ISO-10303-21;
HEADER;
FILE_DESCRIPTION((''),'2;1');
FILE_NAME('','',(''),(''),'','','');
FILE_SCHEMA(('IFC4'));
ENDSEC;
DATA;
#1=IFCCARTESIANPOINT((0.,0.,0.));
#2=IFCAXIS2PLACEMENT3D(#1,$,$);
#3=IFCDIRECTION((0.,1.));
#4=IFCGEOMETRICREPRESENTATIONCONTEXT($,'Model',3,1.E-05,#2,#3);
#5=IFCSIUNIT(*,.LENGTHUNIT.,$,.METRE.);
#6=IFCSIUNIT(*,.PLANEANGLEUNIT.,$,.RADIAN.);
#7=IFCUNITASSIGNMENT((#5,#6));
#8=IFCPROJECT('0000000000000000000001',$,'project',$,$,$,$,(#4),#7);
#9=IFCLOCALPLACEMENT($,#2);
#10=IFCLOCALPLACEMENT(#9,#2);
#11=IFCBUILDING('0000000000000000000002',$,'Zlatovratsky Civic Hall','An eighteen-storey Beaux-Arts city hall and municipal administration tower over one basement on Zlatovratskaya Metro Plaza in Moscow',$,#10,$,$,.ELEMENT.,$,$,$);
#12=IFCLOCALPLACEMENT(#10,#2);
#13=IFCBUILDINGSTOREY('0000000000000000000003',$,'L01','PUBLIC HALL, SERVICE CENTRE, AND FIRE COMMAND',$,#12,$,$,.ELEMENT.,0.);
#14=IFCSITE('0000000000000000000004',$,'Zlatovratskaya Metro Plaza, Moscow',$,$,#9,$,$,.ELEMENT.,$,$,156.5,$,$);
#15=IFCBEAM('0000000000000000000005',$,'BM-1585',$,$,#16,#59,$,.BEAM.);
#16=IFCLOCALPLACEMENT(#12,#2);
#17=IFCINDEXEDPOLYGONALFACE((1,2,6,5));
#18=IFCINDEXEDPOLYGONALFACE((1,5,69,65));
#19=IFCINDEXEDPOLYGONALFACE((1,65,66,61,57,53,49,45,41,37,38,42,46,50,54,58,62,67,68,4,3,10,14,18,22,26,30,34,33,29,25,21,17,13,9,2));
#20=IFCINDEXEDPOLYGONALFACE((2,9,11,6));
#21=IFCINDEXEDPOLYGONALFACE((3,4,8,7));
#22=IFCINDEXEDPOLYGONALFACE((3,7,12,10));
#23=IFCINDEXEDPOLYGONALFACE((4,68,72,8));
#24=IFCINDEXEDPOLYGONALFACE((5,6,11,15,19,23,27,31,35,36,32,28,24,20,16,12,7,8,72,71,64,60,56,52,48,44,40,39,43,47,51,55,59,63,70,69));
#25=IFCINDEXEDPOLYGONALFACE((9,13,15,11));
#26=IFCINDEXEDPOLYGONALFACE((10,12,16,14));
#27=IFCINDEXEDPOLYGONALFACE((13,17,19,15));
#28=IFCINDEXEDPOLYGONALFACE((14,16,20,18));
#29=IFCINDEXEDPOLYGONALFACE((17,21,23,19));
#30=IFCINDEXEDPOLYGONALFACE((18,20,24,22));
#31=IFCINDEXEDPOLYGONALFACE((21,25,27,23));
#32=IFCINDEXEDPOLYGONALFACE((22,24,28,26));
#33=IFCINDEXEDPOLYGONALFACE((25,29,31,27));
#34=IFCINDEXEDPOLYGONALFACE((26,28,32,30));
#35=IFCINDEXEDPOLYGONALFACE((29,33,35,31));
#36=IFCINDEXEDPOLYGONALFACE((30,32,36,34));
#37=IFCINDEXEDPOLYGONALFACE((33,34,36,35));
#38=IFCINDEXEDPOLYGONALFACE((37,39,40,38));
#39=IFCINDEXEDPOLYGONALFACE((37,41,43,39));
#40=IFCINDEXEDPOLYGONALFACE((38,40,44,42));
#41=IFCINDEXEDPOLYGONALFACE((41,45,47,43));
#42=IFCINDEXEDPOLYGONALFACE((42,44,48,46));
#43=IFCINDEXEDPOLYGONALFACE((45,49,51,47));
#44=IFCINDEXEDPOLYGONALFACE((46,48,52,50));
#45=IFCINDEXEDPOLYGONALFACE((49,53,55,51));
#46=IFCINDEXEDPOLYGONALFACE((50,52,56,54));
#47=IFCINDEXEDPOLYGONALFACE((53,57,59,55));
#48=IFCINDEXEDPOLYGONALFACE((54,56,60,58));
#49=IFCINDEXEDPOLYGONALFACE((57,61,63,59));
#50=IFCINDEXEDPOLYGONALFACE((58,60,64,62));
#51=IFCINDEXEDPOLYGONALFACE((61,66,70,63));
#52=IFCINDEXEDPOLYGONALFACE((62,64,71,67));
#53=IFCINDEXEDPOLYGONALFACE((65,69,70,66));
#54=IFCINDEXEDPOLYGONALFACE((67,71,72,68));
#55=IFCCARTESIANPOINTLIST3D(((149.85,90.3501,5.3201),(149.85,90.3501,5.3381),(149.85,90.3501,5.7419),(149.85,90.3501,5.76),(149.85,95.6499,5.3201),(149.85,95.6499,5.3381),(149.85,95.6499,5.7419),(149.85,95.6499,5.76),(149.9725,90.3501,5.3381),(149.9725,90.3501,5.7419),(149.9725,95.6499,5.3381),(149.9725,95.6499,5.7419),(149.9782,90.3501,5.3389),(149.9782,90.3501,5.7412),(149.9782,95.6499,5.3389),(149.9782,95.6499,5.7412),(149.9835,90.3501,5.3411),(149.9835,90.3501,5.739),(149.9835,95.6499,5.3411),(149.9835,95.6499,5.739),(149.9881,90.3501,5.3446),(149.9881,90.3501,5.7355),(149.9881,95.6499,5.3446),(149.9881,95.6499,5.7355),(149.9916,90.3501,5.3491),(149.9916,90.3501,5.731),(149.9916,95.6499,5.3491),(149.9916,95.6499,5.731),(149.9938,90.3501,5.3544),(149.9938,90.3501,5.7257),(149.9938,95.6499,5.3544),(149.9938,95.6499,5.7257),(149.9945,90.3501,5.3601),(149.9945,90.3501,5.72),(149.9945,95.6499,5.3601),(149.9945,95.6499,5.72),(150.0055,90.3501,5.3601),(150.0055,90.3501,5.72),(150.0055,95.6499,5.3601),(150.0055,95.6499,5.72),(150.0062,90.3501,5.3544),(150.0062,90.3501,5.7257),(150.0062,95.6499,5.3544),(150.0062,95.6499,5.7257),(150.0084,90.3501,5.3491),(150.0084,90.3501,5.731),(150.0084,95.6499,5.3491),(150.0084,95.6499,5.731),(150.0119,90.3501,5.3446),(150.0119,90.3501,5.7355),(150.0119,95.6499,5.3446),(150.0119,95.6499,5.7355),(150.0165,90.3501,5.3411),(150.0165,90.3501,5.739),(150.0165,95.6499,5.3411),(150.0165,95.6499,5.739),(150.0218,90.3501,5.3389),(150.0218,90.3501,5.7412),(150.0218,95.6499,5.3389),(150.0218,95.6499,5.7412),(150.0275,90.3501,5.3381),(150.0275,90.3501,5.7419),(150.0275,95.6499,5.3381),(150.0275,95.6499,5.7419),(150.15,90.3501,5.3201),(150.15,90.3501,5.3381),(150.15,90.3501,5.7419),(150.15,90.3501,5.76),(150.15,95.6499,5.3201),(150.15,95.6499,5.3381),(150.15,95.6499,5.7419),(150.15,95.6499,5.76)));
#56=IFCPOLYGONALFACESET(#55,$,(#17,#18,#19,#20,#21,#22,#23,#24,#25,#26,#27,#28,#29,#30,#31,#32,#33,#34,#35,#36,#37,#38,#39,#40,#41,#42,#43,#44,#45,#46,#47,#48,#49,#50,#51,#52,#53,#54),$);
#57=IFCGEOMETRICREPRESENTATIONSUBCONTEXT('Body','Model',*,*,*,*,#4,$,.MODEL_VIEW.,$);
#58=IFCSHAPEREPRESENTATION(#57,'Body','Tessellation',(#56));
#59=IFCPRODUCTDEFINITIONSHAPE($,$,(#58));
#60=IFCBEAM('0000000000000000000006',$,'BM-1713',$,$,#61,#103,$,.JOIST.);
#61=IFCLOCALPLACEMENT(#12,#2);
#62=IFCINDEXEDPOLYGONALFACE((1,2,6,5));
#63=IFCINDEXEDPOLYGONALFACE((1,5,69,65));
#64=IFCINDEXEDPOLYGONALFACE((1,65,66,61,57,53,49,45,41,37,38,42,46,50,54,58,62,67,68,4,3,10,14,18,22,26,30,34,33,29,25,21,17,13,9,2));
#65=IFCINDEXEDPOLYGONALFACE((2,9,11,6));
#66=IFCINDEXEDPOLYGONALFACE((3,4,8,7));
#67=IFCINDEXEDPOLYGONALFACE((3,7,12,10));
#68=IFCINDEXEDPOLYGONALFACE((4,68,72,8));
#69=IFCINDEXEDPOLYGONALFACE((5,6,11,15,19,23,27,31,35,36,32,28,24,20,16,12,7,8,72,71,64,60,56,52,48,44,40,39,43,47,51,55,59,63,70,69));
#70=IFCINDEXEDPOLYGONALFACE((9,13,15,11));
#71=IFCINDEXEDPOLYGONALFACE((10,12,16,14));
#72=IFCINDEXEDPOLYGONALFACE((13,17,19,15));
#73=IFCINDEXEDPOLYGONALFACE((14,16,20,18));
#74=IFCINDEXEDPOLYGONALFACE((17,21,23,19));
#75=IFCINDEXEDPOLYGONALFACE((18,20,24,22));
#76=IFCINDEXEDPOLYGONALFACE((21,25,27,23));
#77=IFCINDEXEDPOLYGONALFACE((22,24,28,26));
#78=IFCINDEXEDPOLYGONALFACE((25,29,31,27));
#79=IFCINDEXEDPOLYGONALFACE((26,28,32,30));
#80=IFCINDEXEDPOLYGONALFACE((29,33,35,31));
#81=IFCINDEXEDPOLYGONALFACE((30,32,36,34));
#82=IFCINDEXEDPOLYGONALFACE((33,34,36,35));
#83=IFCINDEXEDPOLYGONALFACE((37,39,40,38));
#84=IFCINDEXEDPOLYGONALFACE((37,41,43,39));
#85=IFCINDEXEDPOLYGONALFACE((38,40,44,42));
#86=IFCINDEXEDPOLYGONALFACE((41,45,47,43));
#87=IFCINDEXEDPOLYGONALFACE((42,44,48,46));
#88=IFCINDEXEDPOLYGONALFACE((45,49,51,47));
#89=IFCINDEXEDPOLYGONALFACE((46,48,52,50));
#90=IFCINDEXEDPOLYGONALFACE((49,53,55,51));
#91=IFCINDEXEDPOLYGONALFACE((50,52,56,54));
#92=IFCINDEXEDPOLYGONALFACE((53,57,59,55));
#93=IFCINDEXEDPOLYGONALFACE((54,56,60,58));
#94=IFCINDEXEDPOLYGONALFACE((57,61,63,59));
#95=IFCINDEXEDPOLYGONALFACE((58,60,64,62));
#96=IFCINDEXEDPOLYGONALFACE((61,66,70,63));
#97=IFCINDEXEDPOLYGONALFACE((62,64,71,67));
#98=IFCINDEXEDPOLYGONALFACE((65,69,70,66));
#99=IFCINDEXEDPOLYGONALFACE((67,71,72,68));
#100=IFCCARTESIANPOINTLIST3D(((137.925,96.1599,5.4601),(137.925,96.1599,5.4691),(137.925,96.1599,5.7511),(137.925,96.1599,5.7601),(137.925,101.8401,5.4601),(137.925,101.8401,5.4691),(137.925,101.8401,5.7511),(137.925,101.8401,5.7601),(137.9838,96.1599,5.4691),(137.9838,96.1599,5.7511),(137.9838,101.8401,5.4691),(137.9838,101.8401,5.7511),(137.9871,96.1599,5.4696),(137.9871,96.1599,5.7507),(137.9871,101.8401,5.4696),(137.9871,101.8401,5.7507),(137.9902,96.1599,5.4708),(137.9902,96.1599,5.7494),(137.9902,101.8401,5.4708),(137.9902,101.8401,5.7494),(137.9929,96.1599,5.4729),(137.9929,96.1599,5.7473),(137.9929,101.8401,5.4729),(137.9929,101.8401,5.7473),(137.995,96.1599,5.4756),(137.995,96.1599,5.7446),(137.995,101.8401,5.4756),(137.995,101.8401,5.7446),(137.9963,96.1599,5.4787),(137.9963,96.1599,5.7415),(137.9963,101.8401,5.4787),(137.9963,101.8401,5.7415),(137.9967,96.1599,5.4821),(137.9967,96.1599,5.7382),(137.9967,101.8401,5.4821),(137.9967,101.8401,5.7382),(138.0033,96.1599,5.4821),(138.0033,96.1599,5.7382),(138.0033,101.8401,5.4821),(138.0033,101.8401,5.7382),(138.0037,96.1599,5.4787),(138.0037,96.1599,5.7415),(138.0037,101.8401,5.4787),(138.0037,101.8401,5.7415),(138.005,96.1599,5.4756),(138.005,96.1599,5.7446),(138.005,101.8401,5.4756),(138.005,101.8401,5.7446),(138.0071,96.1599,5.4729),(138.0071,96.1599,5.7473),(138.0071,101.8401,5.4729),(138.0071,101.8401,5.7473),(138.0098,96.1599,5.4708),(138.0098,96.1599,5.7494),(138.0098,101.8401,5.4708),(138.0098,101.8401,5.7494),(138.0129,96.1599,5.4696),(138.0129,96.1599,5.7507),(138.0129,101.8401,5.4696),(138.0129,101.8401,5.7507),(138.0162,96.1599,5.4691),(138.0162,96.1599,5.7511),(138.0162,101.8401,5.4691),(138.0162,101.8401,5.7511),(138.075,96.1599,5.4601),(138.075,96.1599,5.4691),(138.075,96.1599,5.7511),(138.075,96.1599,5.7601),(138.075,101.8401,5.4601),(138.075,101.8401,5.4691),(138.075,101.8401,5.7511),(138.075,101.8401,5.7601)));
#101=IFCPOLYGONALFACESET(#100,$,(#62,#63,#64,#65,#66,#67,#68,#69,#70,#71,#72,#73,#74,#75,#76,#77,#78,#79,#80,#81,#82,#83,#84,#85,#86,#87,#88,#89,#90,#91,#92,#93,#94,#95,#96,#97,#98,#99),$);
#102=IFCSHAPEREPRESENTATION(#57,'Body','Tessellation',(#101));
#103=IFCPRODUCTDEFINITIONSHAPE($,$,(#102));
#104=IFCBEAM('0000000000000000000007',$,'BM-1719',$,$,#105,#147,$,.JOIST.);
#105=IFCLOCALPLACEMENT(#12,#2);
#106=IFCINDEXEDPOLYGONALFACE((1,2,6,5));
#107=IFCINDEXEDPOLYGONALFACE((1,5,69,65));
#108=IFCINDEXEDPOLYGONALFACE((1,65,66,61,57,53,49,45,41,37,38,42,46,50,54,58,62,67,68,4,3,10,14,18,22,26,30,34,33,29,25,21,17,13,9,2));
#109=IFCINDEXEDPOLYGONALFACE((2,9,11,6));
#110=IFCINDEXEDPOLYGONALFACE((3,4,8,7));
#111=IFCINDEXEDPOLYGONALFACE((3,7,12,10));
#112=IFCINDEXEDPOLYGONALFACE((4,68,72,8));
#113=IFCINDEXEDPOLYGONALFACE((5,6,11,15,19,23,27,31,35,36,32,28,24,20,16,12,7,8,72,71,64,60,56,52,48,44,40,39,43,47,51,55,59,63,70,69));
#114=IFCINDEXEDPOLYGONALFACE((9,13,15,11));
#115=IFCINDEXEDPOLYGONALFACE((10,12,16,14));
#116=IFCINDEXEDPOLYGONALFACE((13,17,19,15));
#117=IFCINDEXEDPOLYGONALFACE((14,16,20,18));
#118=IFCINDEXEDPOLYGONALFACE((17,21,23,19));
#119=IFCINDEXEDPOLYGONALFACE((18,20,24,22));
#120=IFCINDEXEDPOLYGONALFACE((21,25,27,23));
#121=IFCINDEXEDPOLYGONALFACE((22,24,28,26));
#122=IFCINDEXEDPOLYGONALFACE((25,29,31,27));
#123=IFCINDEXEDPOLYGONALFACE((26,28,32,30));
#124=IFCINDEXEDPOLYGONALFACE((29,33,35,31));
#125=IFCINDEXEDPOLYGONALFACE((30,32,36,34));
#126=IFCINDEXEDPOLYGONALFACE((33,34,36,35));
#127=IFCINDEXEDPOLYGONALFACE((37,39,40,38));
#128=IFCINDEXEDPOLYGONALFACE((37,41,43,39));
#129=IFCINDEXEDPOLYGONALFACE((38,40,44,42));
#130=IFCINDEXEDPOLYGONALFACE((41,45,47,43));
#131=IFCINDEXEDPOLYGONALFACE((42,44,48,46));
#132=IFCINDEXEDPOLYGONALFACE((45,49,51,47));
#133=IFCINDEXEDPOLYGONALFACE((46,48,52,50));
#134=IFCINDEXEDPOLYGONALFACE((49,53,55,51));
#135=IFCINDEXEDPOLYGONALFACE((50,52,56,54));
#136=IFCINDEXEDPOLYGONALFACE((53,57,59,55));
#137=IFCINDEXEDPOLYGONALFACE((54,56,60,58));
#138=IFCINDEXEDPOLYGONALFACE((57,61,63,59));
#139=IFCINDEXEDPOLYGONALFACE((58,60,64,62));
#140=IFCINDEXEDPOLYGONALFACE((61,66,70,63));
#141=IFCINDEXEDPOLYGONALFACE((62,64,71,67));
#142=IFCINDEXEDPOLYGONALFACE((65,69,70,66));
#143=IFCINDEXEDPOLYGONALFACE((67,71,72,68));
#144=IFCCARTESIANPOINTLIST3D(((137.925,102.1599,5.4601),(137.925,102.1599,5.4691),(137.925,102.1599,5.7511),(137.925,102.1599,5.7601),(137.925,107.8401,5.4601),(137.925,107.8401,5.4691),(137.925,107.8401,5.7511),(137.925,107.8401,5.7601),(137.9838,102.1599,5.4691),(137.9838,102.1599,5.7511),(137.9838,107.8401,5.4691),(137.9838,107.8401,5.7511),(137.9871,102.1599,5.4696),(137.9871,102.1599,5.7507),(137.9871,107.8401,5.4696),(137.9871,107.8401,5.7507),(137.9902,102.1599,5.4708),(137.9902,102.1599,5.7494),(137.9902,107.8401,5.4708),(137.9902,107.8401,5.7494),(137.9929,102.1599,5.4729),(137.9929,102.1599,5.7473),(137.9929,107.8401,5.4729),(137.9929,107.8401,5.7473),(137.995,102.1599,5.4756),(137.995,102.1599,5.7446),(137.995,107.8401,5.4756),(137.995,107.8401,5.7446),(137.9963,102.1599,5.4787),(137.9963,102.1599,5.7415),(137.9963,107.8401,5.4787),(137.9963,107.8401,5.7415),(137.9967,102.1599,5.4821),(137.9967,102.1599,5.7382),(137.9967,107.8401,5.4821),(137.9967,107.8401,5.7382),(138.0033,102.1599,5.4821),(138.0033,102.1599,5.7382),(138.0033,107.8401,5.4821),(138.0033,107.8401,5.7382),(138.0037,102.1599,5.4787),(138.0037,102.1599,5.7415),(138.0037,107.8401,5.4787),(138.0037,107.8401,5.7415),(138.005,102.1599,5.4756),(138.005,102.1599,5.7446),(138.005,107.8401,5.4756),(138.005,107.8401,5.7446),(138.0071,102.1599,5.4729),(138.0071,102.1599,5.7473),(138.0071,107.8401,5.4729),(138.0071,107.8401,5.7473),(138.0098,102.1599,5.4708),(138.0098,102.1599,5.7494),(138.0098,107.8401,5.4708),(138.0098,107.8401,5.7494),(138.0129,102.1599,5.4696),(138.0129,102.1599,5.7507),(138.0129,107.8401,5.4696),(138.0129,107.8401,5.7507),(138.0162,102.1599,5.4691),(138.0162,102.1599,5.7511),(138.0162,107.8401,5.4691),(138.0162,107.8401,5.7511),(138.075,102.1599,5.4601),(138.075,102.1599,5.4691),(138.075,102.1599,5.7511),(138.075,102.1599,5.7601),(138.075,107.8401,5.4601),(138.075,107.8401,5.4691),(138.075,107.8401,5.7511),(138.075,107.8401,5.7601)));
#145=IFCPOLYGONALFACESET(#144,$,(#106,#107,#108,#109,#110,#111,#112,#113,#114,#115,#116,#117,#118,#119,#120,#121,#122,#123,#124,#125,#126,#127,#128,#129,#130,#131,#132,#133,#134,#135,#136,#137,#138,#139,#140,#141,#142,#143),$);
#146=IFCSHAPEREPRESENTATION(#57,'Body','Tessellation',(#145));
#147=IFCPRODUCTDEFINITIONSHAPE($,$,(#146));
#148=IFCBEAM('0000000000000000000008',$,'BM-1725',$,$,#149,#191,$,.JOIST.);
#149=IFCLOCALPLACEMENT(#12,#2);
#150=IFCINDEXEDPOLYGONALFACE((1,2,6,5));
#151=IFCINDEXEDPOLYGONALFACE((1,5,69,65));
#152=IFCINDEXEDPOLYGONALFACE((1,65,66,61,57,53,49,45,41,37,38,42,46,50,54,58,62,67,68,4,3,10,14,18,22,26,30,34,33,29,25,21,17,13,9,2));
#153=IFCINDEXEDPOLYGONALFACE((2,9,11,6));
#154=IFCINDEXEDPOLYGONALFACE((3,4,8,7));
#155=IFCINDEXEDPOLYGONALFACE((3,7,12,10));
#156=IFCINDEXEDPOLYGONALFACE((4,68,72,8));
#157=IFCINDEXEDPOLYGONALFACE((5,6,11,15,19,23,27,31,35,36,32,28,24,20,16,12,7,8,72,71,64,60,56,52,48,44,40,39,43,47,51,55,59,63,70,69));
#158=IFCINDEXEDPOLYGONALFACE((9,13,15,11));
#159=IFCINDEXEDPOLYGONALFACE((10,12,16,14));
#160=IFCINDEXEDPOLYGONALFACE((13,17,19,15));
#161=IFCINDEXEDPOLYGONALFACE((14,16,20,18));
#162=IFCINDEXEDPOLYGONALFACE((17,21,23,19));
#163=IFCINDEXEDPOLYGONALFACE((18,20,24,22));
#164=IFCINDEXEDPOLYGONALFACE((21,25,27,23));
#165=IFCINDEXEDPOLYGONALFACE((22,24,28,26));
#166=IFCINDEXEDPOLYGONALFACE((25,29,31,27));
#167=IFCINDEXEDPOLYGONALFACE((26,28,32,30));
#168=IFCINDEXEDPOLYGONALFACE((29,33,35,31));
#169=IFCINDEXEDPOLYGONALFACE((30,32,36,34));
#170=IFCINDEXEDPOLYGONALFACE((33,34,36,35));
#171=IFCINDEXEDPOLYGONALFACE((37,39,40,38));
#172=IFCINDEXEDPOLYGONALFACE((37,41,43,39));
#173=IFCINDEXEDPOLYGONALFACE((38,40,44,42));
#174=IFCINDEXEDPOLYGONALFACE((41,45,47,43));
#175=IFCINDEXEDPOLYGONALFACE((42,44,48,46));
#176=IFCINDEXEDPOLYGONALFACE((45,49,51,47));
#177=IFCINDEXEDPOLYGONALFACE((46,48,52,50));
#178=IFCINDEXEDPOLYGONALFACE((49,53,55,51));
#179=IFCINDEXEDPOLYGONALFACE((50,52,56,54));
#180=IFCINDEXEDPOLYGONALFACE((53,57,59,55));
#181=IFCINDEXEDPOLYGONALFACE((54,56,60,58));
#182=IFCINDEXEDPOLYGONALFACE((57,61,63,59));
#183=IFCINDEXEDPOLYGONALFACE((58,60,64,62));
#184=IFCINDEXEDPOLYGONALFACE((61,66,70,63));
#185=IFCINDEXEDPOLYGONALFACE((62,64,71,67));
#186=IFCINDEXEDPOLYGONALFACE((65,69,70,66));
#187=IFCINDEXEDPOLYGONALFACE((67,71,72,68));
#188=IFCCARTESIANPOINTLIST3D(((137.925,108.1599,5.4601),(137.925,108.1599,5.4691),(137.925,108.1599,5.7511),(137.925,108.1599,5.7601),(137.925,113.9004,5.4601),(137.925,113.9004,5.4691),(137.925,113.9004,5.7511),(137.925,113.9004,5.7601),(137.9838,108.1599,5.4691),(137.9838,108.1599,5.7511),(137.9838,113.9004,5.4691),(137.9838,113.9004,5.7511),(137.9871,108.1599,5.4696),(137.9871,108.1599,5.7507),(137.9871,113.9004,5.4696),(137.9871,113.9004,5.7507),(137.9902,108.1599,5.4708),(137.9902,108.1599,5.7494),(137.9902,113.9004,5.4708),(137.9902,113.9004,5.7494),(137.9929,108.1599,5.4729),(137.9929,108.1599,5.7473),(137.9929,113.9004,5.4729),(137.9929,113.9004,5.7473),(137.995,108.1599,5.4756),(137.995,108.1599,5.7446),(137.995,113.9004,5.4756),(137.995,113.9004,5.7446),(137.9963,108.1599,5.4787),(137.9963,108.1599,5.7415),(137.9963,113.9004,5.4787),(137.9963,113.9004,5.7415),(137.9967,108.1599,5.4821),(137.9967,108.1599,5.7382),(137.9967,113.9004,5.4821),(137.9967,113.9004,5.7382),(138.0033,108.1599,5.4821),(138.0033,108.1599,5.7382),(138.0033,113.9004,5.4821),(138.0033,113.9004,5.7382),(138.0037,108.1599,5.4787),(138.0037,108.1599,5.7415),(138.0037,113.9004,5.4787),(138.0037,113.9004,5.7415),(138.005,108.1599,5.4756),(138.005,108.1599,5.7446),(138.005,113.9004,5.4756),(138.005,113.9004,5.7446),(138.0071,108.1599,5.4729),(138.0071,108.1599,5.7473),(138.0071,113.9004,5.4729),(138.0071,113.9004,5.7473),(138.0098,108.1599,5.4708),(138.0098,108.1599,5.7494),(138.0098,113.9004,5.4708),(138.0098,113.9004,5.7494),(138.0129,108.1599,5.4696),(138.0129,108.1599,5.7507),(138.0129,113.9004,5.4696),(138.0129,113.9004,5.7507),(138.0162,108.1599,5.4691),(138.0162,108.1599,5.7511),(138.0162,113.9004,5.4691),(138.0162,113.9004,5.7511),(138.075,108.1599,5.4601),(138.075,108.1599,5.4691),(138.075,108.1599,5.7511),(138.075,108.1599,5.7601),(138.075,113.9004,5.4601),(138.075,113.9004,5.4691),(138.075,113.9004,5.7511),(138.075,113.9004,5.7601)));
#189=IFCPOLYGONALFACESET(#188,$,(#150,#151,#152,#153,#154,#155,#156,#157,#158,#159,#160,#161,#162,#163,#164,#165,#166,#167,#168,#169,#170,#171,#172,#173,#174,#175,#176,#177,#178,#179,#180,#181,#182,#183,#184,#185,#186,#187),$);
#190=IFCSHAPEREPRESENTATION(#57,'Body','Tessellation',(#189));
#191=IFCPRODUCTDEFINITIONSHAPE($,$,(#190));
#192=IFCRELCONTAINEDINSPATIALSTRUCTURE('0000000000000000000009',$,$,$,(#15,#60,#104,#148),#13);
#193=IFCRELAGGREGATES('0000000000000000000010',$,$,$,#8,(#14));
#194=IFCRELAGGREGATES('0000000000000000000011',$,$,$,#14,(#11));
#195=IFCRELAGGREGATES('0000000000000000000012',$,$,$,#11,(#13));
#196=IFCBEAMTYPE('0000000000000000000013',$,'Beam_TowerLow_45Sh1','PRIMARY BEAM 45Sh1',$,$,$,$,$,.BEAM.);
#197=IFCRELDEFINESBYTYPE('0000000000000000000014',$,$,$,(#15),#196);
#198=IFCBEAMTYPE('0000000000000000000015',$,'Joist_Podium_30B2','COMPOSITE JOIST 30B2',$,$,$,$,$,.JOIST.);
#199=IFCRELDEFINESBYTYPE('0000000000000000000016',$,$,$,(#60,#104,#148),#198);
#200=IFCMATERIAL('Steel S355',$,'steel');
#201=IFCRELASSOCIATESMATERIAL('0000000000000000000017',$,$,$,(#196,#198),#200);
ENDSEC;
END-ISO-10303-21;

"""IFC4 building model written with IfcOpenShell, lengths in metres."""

from ifc_helpers import new_model, si_unit, direction, frame, origin, origin_2d, place, context, subcontext, project, spatial, i_section, extrude, material, material_profile, profile_set, type_object, element, save


model = new_model("IFC4")

# Units and contexts
model_context = context("Model", 3, precision=1e-05, world=origin(), true_north=direction((0.0, 1.0)))
body_context = subcontext(model_context, "Body", "Model", "MODEL_VIEW")
ifc_project = project(units=[si_unit("LENGTHUNIT", "METRE"), si_unit("PLANEANGLEUNIT", "RADIAN")], contexts=[model_context])

# Site, building, storey
site_placement = place(None, origin())
site = spatial("IfcSite", under=ifc_project, at=site_placement, Name="Zlatovratskaya Metro Plaza, Moscow", CompositionType="ELEMENT", RefElevation=156.5)
building_placement = place(site_placement, origin())
building = spatial("IfcBuilding", under=site, at=building_placement, Name="Zlatovratsky Civic Hall", Description="An eighteen-storey Beaux-Arts city hall and municipal administration tower over one basement on Zlatovratskaya Metro Plaza in Moscow", CompositionType="ELEMENT")
storey_placement = place(building_placement, origin())
storey = spatial("IfcBuildingStorey", under=building, at=storey_placement, Name="L01", Description="PUBLIC HALL, SERVICE CENTRE, AND FIRE COMMAND", CompositionType="ELEMENT", Elevation=0.0)

# Shared definitions
ifc_material_1 = material(Name="Steel S355", Category="steel")

# Beams
ifc_material_profile_1 = material_profile(ifc_material_1, i_section(OverallWidth=0.3, OverallDepth=0.4399, WebThickness=0.011, FlangeThickness=0.0181, FilletRadius=0.022, at=origin_2d()), Name="45Sh1")
ifc_profile_set_1 = profile_set([ifc_material_profile_1], Name="Steel S355")
beam_type_1 = type_object("IfcBeamType", Name="Beam_TowerLow_45Sh1", Description="PRIMARY BEAM 45Sh1", PredefinedType="BEAM", material=ifc_profile_set_1)
beam_1_placement = place(storey_placement, frame((150.0, 90.3501, 5.54), z_axis=(0.0, 1.0, 0.0), x_axis=(-1.0, 0.0, 0.0)))
element("IfcBeam", 1, at=beam_1_placement, inside=storey, type_object=beam_type_1, Name="BM-1585", PredefinedType="BEAM", context=body_context, shape_type="SweptSolid", body=[
    extrude(i_section(OverallWidth=0.3, OverallDepth=0.4399, WebThickness=0.011, FlangeThickness=0.0181, FilletRadius=0.022, at=origin_2d()), origin(), (0.0, 0.0, 1.0), 5.2998),
])
ifc_material_profile_2 = material_profile(ifc_material_1, i_section(OverallWidth=0.1499, OverallDepth=0.3, WebThickness=0.0066, FlangeThickness=0.009, FilletRadius=0.0129, at=origin_2d()), Name="30B2")
ifc_profile_set_2 = profile_set([ifc_material_profile_2], Name="Steel S355")
beam_type_2 = type_object("IfcBeamType", Name="Joist_Podium_30B2", Description="COMPOSITE JOIST 30B2", PredefinedType="JOIST", material=ifc_profile_set_2)
for number, where, z_axis, x_axis, name in (
    (2, (138.0, 96.1599, 5.6101), (0.0, 1.0, 0.0), (-1.0, 0.0, 0.0), "BM-1713"),
    (3, (138.0, 102.1599, 5.6101), (0.0, 1.0, 0.0), (-1.0, 0.0, 0.0), "BM-1719"),
):
    element("IfcBeam", number, at=place(storey_placement, frame(where, z_axis=z_axis, x_axis=x_axis)), inside=storey, type_object=beam_type_2, Name=name, PredefinedType="JOIST", context=body_context, shape_type="SweptSolid", body=[
        extrude(i_section(OverallWidth=0.1499, OverallDepth=0.3, WebThickness=0.0066, FlangeThickness=0.009, FilletRadius=0.0129, at=origin_2d()), origin(), (0.0, 0.0, 1.0), 5.6802),
    ])
beam_2_placement = place(storey_placement, frame((138.0, 108.1599, 5.6101), z_axis=(0.0, 1.0, 0.0), x_axis=(-1.0, 0.0, 0.0)))
element("IfcBeam", 4, at=beam_2_placement, inside=storey, type_object=beam_type_2, Name="BM-1725", PredefinedType="JOIST", context=body_context, shape_type="SweptSolid", body=[
    extrude(i_section(OverallWidth=0.1499, OverallDepth=0.3, WebThickness=0.0066, FlangeThickness=0.009, FilletRadius=0.0129, at=origin_2d()), origin(), (0.0, 0.0, 1.0), 5.7405),
])

save(model, "model.ifc")
